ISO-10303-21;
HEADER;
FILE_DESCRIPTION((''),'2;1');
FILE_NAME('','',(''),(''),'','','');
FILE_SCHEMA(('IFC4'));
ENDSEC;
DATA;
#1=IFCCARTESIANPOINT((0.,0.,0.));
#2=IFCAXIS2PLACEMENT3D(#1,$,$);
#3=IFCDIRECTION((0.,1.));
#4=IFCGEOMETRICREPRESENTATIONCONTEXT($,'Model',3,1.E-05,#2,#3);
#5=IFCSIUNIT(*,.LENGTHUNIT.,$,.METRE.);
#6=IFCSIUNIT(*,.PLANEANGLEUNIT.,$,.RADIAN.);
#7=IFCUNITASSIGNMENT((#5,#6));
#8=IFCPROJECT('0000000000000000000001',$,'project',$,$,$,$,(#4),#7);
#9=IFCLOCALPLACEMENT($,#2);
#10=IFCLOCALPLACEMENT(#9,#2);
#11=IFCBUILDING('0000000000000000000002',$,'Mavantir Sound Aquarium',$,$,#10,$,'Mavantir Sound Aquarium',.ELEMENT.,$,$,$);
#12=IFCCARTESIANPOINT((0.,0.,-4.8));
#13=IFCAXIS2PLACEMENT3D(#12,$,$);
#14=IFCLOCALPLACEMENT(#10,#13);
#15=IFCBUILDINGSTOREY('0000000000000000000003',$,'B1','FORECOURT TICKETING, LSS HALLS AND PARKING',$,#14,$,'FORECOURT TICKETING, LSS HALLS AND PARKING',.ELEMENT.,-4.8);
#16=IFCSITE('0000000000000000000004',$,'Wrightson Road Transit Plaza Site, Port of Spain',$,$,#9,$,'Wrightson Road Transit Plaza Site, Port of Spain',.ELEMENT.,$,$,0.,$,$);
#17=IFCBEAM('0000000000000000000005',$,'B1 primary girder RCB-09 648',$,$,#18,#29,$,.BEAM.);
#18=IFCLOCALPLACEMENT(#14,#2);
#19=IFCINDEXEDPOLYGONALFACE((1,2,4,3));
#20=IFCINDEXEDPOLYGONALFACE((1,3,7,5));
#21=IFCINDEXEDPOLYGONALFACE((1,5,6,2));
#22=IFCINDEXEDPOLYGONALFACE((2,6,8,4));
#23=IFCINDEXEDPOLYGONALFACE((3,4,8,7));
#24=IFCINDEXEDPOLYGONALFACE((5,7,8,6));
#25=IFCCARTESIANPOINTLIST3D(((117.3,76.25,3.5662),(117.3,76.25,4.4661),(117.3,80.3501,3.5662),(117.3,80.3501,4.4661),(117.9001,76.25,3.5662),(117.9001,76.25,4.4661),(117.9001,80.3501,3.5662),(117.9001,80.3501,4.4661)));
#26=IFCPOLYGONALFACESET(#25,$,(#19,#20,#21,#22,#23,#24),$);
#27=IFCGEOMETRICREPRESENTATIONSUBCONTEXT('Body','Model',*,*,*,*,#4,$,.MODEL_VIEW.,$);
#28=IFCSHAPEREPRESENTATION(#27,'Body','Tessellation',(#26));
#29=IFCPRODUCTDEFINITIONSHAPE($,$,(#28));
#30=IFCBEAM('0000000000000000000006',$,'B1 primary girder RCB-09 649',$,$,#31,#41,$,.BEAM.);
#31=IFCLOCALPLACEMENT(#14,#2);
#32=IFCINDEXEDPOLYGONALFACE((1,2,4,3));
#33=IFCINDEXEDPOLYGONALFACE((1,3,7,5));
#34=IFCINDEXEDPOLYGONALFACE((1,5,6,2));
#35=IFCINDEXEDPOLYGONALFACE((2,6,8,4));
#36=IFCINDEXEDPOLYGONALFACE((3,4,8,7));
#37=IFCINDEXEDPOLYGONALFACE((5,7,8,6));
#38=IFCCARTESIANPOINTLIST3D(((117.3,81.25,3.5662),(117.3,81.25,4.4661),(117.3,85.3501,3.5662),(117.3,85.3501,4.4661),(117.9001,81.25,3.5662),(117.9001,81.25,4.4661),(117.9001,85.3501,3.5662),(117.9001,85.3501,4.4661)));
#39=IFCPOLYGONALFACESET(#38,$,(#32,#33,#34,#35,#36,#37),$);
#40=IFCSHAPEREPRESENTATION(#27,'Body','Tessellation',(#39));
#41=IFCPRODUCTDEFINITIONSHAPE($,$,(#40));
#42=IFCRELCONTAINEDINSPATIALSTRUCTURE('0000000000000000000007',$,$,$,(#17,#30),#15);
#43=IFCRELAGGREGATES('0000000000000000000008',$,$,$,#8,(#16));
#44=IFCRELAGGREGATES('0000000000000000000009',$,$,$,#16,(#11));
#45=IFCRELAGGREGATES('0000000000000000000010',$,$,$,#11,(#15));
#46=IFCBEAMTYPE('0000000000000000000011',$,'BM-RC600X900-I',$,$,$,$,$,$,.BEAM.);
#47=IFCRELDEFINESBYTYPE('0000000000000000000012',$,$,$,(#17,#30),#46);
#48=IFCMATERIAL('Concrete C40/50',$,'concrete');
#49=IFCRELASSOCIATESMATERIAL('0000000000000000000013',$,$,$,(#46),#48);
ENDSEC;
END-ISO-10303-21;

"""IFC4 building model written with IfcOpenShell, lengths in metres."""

from ifc_helpers import new_model, si_unit, direction, frame, origin, origin_2d, place, context, subcontext, project, spatial, rectangle, extrude, material, material_profile, profile_set, type_object, element, save


model = new_model("IFC4")

# Units and contexts
model_context = context("Model", 3, precision=1e-05, world=origin(), true_north=direction((0.0, 1.0)))
body_context = subcontext(model_context, "Body", "Model", "MODEL_VIEW")
ifc_project = project(units=[si_unit("LENGTHUNIT", "METRE"), si_unit("PLANEANGLEUNIT", "RADIAN")], contexts=[model_context])

# Site, building, storey
site_placement = place(None, origin())
site = spatial("IfcSite", under=ifc_project, at=site_placement, Name="Wrightson Road Transit Plaza Site, Port of Spain", LongName="Wrightson Road Transit Plaza Site, Port of Spain", CompositionType="ELEMENT", RefElevation=0.0)
building_placement = place(site_placement, origin())
building = spatial("IfcBuilding", under=site, at=building_placement, Name="Mavantir Sound Aquarium", LongName="Mavantir Sound Aquarium", CompositionType="ELEMENT")
storey_placement = place(building_placement, frame((0.0, 0.0, -4.8)))
storey = spatial("IfcBuildingStorey", under=building, at=storey_placement, Name="B1", Description="FORECOURT TICKETING, LSS HALLS AND PARKING", LongName="FORECOURT TICKETING, LSS HALLS AND PARKING", CompositionType="ELEMENT", Elevation=-4.8)

# Shared definitions
ifc_material = material(Name="Concrete C40/50", Category="concrete")

# Beams
ifc_material_profile_1 = material_profile(ifc_material, rectangle(XDim=0.6001, YDim=0.8999, at=origin_2d()), Name="RC 600X900")
ifc_profile_set_1 = profile_set([ifc_material_profile_1], Name="Concrete C40/50")
beam_type = type_object("IfcBeamType", Name="BM-RC600X900-I", PredefinedType="BEAM", material=ifc_profile_set_1)
for number, where, z_axis, x_axis, name in (
    (1, (117.6001, 76.25, 4.0161), (0.0, 1.0, 0.0), (-1.0, 0.0, 0.0), "B1 primary girder RCB-09 648"),
    (2, (117.6001, 81.25, 4.0161), (0.0, 1.0, 0.0), (-1.0, 0.0, 0.0), "B1 primary girder RCB-09 649"),
):
    element("IfcBeam", number, at=place(storey_placement, frame(where, z_axis=z_axis, x_axis=x_axis)), inside=storey, type_object=beam_type, Name=name, PredefinedType="BEAM", context=body_context, shape_type="SweptSolid", body=[
        extrude(rectangle(XDim=0.6001, YDim=0.8999, at=origin_2d()), origin(), (0.0, 0.0, 1.0), 4.1001),
    ])

save(model, "model.ifc")
